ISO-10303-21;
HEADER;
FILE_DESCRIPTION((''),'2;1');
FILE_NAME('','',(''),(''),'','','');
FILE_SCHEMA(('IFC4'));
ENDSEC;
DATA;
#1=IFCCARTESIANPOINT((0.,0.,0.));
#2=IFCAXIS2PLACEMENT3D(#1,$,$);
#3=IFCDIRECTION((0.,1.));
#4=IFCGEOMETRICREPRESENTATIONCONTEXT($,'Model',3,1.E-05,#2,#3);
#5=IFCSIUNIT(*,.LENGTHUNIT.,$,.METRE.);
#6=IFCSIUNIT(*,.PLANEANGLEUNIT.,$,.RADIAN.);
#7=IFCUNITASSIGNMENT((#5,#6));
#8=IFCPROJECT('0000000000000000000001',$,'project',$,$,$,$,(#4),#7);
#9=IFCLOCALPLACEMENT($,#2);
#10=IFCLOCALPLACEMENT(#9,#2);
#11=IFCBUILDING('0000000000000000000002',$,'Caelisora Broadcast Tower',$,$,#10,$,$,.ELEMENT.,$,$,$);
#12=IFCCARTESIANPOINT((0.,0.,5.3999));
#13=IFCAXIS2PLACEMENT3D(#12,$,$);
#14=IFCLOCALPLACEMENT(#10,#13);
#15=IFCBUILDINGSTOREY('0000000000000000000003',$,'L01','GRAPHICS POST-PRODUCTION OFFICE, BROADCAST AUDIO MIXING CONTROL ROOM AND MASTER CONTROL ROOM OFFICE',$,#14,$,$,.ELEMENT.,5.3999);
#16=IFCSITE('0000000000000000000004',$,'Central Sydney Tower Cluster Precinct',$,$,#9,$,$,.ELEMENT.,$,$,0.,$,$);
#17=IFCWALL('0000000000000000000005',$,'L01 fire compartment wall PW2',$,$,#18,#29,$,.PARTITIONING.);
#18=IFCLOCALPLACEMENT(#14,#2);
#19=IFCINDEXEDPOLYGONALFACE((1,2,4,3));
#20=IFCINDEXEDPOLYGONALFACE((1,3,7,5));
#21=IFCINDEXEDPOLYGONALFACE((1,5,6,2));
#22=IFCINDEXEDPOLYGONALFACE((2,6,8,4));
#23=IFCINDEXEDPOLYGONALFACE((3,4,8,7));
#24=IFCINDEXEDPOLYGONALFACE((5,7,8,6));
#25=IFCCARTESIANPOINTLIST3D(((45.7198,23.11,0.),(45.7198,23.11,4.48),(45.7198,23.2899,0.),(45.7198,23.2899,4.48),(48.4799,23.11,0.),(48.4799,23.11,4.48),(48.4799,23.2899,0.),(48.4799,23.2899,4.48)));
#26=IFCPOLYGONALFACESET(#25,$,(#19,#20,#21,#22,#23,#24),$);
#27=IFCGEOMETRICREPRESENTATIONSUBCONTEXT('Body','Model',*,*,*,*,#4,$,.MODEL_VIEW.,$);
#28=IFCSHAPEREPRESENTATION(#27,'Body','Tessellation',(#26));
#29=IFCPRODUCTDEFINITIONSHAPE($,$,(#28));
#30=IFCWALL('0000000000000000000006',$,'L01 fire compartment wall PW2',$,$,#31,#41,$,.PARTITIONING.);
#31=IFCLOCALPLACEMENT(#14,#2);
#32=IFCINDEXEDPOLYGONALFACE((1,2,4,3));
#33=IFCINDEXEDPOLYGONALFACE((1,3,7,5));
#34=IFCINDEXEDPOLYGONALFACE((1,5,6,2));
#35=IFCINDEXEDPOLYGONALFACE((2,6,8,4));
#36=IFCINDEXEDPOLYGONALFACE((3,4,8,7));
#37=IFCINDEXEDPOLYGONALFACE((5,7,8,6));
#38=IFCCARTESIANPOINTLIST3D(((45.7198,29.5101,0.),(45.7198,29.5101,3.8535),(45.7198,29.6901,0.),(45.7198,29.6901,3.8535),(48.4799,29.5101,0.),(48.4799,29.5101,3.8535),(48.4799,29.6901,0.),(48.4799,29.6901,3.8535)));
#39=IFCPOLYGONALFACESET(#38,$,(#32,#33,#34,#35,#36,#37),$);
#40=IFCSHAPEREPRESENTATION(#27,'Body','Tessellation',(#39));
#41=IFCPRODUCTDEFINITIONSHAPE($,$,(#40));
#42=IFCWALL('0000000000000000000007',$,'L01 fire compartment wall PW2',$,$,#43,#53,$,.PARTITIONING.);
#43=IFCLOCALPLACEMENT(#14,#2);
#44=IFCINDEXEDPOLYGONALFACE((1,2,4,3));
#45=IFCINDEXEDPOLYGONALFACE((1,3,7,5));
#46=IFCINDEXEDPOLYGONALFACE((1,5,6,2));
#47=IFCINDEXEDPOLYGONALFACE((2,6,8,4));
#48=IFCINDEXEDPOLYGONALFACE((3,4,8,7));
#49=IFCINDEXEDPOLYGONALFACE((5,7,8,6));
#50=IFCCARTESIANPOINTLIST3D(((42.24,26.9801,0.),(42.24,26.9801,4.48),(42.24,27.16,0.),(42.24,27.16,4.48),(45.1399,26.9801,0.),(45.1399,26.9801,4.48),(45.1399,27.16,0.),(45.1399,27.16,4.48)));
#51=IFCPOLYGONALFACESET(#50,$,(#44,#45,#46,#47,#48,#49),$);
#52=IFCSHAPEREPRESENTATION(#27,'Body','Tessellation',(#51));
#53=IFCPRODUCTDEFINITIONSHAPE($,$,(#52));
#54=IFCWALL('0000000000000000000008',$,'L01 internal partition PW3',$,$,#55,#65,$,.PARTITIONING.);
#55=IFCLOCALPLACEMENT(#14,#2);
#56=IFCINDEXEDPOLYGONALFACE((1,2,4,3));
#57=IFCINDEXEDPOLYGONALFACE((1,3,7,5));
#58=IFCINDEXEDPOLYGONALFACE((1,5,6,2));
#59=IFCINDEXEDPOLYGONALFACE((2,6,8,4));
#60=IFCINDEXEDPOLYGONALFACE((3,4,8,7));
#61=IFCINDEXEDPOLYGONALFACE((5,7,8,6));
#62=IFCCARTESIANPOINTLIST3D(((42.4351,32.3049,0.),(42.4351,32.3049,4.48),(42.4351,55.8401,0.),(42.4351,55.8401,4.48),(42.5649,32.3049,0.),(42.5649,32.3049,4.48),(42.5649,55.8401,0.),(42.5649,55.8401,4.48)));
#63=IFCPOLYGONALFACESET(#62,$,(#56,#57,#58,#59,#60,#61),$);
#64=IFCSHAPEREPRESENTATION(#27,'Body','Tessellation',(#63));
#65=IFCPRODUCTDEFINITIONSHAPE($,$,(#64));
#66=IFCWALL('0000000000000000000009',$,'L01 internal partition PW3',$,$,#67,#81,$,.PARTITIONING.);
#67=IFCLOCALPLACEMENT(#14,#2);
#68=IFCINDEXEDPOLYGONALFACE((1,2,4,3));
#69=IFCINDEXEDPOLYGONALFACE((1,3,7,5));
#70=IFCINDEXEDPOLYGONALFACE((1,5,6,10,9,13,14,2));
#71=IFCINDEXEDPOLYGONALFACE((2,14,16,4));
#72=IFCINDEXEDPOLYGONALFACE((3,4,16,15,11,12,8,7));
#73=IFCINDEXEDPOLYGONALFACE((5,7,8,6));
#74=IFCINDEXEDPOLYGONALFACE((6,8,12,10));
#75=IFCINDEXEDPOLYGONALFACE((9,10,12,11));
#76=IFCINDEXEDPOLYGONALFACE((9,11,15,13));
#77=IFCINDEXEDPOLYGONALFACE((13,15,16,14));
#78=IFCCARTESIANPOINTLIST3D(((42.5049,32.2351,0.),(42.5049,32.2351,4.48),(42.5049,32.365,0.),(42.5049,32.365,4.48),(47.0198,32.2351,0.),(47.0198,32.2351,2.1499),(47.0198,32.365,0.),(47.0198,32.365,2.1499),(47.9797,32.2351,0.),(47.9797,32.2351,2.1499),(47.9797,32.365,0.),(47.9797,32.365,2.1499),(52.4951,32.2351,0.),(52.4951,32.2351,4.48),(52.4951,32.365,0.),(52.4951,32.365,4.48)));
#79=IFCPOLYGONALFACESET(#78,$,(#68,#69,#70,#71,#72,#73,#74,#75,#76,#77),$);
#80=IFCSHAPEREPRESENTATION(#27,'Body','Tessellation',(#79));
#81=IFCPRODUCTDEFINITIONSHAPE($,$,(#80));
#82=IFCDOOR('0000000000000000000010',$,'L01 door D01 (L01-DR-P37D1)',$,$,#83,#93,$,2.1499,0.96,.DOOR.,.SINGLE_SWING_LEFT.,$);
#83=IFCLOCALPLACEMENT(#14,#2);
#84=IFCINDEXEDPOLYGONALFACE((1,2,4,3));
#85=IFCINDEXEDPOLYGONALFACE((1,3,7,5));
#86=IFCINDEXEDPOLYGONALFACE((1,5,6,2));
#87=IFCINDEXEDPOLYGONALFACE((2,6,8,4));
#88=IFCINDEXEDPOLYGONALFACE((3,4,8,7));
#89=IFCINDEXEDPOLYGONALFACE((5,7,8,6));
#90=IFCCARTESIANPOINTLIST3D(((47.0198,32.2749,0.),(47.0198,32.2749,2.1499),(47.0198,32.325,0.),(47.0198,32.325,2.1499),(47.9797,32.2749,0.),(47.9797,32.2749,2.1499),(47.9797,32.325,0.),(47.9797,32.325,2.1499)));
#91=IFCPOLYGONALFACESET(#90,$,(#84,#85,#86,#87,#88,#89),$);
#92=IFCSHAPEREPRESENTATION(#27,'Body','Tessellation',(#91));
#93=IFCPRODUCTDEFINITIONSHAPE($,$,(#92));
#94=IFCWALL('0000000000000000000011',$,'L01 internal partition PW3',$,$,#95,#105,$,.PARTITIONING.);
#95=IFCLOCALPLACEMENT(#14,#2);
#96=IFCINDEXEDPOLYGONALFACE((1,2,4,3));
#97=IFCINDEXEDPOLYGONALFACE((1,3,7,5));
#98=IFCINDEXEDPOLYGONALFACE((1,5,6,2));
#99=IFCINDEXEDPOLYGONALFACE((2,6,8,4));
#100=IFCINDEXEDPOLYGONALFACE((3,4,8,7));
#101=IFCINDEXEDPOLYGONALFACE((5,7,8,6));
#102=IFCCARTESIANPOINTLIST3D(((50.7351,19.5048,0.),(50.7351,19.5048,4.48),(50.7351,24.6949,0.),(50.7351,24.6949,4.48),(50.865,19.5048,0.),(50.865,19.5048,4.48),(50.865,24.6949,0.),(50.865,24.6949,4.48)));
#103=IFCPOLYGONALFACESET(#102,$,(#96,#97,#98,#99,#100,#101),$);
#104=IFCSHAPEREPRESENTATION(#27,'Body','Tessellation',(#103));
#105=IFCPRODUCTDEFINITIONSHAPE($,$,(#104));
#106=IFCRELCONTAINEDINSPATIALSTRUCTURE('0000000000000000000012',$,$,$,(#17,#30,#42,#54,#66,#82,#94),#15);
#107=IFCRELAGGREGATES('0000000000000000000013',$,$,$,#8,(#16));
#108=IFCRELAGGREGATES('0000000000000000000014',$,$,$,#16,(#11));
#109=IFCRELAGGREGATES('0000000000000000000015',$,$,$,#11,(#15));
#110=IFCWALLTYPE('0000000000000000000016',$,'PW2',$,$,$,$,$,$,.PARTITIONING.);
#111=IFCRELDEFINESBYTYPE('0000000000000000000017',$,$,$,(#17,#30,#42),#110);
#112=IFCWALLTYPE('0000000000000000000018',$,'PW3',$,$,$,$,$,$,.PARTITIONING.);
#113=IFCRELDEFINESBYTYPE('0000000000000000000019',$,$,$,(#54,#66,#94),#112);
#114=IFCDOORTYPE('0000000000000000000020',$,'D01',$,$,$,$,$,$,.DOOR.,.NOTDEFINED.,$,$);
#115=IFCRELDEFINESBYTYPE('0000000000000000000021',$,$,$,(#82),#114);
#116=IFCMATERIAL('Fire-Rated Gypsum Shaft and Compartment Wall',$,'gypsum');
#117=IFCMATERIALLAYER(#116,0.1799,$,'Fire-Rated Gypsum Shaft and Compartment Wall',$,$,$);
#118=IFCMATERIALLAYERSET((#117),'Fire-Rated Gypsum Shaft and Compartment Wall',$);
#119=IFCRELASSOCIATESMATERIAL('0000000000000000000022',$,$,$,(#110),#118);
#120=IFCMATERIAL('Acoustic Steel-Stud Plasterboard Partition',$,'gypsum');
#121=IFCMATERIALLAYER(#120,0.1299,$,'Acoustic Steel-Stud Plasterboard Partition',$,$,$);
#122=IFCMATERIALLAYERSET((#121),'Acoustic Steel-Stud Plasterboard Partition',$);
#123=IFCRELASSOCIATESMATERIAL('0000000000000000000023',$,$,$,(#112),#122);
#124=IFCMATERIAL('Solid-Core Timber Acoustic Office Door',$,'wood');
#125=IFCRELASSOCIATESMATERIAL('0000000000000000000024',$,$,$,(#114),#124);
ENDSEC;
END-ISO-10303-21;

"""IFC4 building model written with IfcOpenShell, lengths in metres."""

from ifc_helpers import new_model, si_unit, direction, frame, frame_2d, origin, place, context, subcontext, project, spatial, rectangle, extrude, material, layer, layer_set, type_object, element, fill, save


model = new_model("IFC4")

# Units and contexts
model_context = context("Model", 3, precision=1e-05, world=origin(), true_north=direction((0.0, 1.0)))
body_context = subcontext(model_context, "Body", "Model", "MODEL_VIEW")
ifc_project = project(units=[si_unit("LENGTHUNIT", "METRE"), si_unit("PLANEANGLEUNIT", "RADIAN")], contexts=[model_context])

# Site, building, storey
site_placement = place(None, origin())
site = spatial("IfcSite", under=ifc_project, at=site_placement, Name="Central Sydney Tower Cluster Precinct", CompositionType="ELEMENT", RefElevation=0.0)
building_placement = place(site_placement, origin())
building = spatial("IfcBuilding", under=site, at=building_placement, Name="Caelisora Broadcast Tower", CompositionType="ELEMENT")
storey_placement = place(building_placement, frame((0.0, 0.0, 5.3999)))
storey = spatial("IfcBuildingStorey", under=building, at=storey_placement, Name="L01", Description="GRAPHICS POST-PRODUCTION OFFICE, BROADCAST AUDIO MIXING CONTROL ROOM AND MASTER CONTROL ROOM OFFICE", CompositionType="ELEMENT", Elevation=5.3999)

# Shared definitions
ifc_material_1 = material(Name="Fire-Rated Gypsum Shaft and Compartment Wall", Category="gypsum")
ifc_layer_1 = layer(ifc_material_1, 0.1799, Name="Fire-Rated Gypsum Shaft and Compartment Wall")
ifc_layer_set_1 = layer_set([ifc_layer_1], Name="Fire-Rated Gypsum Shaft and Compartment Wall")
wall_type_1 = type_object("IfcWallType", Name="PW2", PredefinedType="PARTITIONING", material=ifc_layer_set_1)

# Walls
wall_1_placement = place(storey_placement, frame((45.72, 23.2, 0.0), z_axis=(0.0, 0.0, 1.0), x_axis=(1.0, 0.0, 0.0)))
element("IfcWall", 1, at=wall_1_placement, inside=storey, type_object=wall_type_1, Name="L01 fire compartment wall PW2", PredefinedType="PARTITIONING", context=body_context, shape_type="SweptSolid", body=[
    extrude(rectangle(XDim=2.76, YDim=0.1799, at=frame_2d((1.3799, 0.0))), origin(), (0.0, 0.0, 1.0), 4.48),
])
wall_2_placement = place(storey_placement, frame((45.72, 29.6001, 0.0), z_axis=(0.0, 0.0, 1.0), x_axis=(1.0, 0.0, 0.0)))
element("IfcWall", 2, at=wall_2_placement, inside=storey, type_object=wall_type_1, Name="L01 fire compartment wall PW2", PredefinedType="PARTITIONING", context=body_context, shape_type="SweptSolid", body=[
    extrude(rectangle(XDim=2.76, YDim=0.1799, at=frame_2d((1.3799, 0.0))), origin(), (0.0, 0.0, 1.0), 3.8535),
])
wall_3_placement = place(storey_placement, frame((42.24, 27.0701, 0.0), z_axis=(0.0, 0.0, 1.0), x_axis=(1.0, 0.0, 0.0)))
element("IfcWall", 3, at=wall_3_placement, inside=storey, type_object=wall_type_1, Name="L01 fire compartment wall PW2", PredefinedType="PARTITIONING", context=body_context, shape_type="SweptSolid", body=[
    extrude(rectangle(XDim=2.8999, YDim=0.1799, at=frame_2d((1.45, 0.0))), origin(), (0.0, 0.0, 1.0), 4.48),
])
ifc_material_2 = material(Name="Acoustic Steel-Stud Plasterboard Partition", Category="gypsum")
ifc_layer_2 = layer(ifc_material_2, 0.1299, Name="Acoustic Steel-Stud Plasterboard Partition")
ifc_layer_set_2 = layer_set([ifc_layer_2], Name="Acoustic Steel-Stud Plasterboard Partition")
wall_type_2 = type_object("IfcWallType", Name="PW3", PredefinedType="PARTITIONING", material=ifc_layer_set_2)
wall_4_placement = place(storey_placement, frame((42.5, 32.3049, 0.0), z_axis=(0.0, 0.0, 1.0), x_axis=(0.0, 1.0, 0.0)))
element("IfcWall", 4, at=wall_4_placement, inside=storey, type_object=wall_type_2, Name="L01 internal partition PW3", PredefinedType="PARTITIONING", context=body_context, shape_type="SweptSolid", body=[
    extrude(rectangle(XDim=23.5352, YDim=0.1299, at=frame_2d((11.7676, 0.0))), origin(), (0.0, 0.0, 1.0), 4.48),
])

# Wall, opening, door
wall_5_placement = place(storey_placement, frame((42.5049, 32.3, 0.0), z_axis=(0.0, 0.0, 1.0), x_axis=(1.0, 0.0, 0.0)))
wall_5 = element("IfcWall", 5, at=wall_5_placement, inside=storey, type_object=wall_type_2, Name="L01 internal partition PW3", PredefinedType="PARTITIONING", context=body_context, shape_type="SweptSolid", body=[
    extrude(rectangle(XDim=9.9902, YDim=0.1299, at=frame_2d((4.9951, 0.0))), origin(), (0.0, 0.0, 1.0), 4.48),
])
opening_1_placement = place(wall_5_placement, frame((4.5149, 0.0, 0.0)))
opening_1 = element("IfcOpeningElement", 6, at=opening_1_placement, cuts=wall_5, PredefinedType="OPENING", context=body_context, shape_type="SweptSolid", body=[
    extrude(rectangle(XDim=0.96, YDim=2.1499, at=frame_2d((0.48, 1.075))), frame((0.0, 0.0769, 0.0), z_axis=(0.0, -1.0, 0.0), x_axis=(1.0, 0.0, 0.0)), (0.0, 0.0, 1.0), 0.1538),
])
ifc_material_3 = material(Name="Solid-Core Timber Acoustic Office Door", Category="wood")
door_type_1 = type_object("IfcDoorType", Name="D01", OperationType="NOTDEFINED", PredefinedType="DOOR", material=ifc_material_3)
door_1_placement = place(opening_1_placement, origin())
door_1 = element("IfcDoor", 7, at=door_1_placement, inside=storey, type_object=door_type_1, Name="L01 door D01 (L01-DR-P37D1)", OperationType="SINGLE_SWING_LEFT", OverallHeight=2.1499, OverallWidth=0.96, PredefinedType="DOOR", context=body_context, shape_type="SweptSolid", body=[
    extrude(rectangle(XDim=0.96, YDim=2.1499, at=frame_2d((0.48, 1.075))), frame((0.0, 0.0249, 0.0), z_axis=(0.0, -1.0, 0.0), x_axis=(1.0, 0.0, 0.0)), (0.0, 0.0, 1.0), 0.05),
])
fill(opening_1, door_1)

# Wall
wall_6_placement = place(storey_placement, frame((50.8, 24.6951, 0.0), z_axis=(0.0, 0.0, 1.0), x_axis=(0.0, -1.0, 0.0)))
element("IfcWall", 8, at=wall_6_placement, inside=storey, type_object=wall_type_2, Name="L01 internal partition PW3", PredefinedType="PARTITIONING", context=body_context, shape_type="SweptSolid", body=[
    extrude(rectangle(XDim=5.1902, YDim=0.1299, at=frame_2d((2.5952, 0.0))), origin(), (0.0, 0.0, 1.0), 4.48),
])

save(model, "model.ifc")
